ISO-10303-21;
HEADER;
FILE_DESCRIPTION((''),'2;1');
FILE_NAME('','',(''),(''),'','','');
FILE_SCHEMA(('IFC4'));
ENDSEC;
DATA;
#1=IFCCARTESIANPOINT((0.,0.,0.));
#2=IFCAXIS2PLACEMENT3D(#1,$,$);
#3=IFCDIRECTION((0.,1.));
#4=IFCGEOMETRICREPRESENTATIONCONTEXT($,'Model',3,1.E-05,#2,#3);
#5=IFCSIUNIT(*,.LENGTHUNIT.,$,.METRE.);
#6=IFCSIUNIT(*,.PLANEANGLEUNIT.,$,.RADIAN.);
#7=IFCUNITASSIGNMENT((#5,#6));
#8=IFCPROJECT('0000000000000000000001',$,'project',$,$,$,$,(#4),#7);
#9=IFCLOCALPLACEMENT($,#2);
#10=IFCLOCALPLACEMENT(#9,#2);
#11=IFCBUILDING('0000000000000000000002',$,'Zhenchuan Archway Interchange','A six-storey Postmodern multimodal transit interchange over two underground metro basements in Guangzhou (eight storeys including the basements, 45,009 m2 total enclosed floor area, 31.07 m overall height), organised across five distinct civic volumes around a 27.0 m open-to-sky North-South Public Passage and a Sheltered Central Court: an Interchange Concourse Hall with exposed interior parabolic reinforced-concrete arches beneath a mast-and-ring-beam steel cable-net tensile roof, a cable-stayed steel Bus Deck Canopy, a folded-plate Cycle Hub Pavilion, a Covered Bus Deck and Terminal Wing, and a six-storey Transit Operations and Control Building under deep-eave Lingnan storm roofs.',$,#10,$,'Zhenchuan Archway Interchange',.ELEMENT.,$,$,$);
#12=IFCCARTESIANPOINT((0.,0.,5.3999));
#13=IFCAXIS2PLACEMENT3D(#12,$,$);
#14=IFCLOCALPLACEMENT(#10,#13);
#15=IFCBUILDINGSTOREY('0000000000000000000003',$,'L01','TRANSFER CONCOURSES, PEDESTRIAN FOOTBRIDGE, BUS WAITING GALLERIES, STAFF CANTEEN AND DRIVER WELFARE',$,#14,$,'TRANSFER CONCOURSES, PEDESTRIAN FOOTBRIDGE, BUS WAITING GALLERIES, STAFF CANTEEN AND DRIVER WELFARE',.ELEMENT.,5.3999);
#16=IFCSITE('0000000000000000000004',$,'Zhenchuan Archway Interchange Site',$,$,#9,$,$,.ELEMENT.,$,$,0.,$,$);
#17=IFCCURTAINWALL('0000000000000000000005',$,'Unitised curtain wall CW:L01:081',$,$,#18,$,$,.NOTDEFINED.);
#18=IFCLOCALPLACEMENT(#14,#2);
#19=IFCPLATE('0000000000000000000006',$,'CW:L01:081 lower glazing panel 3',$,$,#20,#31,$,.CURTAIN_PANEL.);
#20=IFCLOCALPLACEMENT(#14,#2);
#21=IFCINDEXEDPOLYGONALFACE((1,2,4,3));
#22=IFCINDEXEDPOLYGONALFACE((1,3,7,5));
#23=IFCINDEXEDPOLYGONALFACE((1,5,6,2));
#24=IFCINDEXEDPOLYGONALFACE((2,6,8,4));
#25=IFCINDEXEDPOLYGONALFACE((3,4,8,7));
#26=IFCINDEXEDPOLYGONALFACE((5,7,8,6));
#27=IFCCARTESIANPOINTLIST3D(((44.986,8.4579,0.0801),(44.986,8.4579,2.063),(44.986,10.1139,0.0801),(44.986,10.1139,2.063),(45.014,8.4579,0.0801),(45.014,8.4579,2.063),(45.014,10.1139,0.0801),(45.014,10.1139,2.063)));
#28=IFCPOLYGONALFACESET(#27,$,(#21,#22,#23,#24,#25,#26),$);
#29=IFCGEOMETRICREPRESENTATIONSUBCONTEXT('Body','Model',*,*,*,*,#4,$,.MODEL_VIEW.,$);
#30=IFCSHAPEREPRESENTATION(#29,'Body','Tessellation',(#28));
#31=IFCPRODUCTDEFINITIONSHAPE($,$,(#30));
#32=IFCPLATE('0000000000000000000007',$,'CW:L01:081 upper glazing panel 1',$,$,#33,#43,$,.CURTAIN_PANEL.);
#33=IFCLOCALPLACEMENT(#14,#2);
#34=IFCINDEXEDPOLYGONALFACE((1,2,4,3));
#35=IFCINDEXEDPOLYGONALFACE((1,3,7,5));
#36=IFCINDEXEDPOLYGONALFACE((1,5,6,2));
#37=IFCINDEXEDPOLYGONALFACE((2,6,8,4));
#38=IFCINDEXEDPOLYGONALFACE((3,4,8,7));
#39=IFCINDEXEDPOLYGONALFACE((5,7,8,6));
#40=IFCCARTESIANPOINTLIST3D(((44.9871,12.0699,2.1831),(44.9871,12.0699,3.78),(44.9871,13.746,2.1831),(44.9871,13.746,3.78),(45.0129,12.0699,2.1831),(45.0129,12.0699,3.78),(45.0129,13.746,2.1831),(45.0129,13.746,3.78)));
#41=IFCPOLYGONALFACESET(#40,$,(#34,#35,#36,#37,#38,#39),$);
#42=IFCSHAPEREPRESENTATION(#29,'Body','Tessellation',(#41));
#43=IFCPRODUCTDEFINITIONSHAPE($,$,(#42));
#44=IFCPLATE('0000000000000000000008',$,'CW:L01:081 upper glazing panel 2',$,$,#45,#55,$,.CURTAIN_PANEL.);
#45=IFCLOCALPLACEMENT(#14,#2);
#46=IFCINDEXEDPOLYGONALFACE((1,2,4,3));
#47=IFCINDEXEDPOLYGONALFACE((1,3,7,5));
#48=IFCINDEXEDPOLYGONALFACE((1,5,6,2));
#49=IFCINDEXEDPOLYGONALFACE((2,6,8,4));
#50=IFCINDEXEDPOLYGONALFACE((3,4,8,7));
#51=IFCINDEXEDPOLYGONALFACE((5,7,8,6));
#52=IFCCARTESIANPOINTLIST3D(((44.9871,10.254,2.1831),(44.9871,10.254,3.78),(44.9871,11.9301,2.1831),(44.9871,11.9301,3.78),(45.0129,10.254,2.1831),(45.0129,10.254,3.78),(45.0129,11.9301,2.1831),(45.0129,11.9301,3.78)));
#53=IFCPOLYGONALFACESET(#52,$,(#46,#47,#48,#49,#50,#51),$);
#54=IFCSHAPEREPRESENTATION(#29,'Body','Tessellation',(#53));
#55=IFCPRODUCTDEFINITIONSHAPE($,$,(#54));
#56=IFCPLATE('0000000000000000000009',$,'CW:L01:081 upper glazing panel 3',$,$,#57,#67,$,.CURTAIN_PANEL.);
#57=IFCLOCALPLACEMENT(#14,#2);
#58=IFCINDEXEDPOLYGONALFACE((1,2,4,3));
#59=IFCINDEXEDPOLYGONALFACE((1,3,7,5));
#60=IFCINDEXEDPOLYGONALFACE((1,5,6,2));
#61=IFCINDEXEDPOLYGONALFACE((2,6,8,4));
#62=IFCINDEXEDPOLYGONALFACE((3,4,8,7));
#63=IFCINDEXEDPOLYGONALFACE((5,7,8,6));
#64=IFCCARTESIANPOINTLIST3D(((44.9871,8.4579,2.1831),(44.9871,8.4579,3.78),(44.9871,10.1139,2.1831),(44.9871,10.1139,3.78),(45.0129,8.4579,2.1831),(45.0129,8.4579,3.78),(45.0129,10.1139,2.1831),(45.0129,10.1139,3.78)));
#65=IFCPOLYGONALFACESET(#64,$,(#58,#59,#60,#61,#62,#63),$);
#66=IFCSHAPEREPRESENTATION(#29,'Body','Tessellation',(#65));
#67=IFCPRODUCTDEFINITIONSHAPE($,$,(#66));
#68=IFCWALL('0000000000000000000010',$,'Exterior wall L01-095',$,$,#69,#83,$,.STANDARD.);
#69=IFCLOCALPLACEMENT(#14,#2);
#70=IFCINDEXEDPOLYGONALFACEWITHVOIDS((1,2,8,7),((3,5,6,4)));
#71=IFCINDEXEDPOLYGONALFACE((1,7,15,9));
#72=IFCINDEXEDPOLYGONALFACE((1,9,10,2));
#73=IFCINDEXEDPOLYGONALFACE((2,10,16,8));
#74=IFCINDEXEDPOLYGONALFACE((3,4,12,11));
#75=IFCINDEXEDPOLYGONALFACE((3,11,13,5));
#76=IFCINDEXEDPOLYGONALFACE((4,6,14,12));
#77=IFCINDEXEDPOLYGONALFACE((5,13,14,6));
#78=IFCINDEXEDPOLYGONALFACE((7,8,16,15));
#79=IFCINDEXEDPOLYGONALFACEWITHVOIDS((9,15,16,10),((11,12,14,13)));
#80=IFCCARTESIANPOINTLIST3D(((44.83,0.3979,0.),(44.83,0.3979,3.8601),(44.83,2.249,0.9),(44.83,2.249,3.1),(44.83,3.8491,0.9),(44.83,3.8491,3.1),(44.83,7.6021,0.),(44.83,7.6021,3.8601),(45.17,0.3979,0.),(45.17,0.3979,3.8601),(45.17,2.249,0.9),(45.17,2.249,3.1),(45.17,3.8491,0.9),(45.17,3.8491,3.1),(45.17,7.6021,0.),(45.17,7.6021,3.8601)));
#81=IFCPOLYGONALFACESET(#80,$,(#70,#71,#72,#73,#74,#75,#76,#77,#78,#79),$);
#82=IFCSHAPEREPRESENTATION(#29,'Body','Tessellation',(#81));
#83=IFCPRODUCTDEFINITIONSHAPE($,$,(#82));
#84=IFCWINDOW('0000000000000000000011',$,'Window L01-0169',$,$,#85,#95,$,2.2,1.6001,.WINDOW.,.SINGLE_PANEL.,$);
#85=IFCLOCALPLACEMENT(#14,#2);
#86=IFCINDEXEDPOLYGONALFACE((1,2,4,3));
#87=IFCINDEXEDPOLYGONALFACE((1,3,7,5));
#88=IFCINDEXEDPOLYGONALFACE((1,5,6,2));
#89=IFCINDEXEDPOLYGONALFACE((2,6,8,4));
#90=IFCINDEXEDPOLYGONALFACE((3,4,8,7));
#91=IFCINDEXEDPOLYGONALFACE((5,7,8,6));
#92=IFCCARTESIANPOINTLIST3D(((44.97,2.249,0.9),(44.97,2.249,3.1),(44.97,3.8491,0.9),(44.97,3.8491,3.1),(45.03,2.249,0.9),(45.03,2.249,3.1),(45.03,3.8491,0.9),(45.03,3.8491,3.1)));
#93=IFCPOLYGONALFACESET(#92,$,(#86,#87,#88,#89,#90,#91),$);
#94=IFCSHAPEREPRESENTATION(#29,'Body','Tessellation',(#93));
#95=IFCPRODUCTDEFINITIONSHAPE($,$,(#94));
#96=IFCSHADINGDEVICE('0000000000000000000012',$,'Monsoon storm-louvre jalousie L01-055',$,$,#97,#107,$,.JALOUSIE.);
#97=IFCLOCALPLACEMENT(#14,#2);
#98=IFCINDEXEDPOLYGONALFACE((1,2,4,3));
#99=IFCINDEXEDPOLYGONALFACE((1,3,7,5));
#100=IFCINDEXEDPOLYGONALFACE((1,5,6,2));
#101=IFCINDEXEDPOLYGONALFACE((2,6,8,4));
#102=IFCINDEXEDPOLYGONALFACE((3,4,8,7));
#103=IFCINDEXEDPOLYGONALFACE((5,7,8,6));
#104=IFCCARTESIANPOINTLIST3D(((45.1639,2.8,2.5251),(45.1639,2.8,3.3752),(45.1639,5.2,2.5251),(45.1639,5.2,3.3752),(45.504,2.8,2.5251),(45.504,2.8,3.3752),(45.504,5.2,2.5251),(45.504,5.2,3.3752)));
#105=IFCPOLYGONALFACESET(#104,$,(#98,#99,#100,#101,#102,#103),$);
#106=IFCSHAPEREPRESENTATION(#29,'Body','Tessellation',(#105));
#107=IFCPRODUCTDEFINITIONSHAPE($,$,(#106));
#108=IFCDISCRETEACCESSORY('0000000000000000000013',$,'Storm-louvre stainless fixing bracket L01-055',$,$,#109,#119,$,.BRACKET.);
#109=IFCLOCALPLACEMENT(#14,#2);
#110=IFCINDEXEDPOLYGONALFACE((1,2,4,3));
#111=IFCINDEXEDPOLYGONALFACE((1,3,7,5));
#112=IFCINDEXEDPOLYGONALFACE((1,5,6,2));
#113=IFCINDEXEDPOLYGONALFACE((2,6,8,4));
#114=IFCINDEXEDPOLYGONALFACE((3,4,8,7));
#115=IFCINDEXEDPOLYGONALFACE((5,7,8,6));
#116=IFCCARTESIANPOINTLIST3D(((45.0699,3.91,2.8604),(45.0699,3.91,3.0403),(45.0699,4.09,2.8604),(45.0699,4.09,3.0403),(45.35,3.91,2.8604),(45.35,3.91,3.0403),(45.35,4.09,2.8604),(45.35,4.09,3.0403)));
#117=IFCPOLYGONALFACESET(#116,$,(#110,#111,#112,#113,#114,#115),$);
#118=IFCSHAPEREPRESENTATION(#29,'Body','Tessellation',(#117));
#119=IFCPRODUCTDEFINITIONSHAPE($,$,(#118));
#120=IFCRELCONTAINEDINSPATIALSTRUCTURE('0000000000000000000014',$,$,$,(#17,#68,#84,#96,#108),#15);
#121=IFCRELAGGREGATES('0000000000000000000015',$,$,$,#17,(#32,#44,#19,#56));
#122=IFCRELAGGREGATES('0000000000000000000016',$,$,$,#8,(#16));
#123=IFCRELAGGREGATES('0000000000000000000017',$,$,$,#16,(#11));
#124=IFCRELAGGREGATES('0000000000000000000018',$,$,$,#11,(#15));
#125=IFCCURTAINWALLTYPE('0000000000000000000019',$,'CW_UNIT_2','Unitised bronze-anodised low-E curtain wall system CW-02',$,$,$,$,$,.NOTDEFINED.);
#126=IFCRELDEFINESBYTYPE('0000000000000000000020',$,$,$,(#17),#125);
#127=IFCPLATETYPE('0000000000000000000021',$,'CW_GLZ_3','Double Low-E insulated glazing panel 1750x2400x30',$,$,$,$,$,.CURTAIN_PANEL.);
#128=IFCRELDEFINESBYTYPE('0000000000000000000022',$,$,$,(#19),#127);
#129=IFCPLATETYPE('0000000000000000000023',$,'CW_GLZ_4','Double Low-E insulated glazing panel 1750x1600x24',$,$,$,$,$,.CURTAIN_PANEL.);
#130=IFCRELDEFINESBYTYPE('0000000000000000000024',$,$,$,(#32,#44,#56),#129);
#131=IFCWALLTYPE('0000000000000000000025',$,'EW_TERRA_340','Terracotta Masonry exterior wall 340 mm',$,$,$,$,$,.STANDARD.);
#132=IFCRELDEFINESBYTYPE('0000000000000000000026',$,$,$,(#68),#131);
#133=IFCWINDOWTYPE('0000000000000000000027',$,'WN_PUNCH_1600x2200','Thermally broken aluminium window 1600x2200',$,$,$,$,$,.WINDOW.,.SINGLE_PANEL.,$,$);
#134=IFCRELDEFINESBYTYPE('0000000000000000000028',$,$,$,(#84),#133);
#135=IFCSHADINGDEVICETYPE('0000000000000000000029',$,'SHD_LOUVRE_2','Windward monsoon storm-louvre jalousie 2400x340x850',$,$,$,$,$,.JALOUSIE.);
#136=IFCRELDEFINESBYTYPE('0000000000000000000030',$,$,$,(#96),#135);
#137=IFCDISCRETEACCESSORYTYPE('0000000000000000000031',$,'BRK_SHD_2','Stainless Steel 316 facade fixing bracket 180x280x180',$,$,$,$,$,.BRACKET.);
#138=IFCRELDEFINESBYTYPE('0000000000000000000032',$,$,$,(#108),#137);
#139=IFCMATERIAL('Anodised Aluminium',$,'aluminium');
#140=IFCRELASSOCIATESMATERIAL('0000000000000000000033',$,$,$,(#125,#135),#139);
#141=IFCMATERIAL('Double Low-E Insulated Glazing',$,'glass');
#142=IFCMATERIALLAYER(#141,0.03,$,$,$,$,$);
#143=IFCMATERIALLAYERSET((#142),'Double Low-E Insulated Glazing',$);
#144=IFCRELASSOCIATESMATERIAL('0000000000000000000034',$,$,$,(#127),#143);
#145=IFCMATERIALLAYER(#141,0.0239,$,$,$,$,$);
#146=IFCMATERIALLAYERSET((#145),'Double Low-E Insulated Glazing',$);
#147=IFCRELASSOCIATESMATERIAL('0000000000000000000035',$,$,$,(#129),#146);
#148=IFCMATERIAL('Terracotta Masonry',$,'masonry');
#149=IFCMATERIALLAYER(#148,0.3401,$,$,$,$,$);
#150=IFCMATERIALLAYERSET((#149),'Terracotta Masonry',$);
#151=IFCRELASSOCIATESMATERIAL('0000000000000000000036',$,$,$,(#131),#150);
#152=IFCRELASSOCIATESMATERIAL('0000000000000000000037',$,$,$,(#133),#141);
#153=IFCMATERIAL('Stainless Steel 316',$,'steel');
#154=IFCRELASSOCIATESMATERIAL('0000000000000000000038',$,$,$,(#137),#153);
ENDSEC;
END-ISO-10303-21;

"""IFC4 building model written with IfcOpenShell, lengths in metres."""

from ifc_helpers import new_model, si_unit, direction, frame, frame_2d, origin, origin_2d, place, context, subcontext, project, spatial, rectangle, extrude, material, layer, layer_set, type_object, element, fill, aggregate, save


model = new_model("IFC4")

# Units and contexts
model_context = context("Model", 3, precision=1e-05, world=origin(), true_north=direction((0.0, 1.0)))
body_context = subcontext(model_context, "Body", "Model", "MODEL_VIEW")
ifc_project = project(units=[si_unit("LENGTHUNIT", "METRE"), si_unit("PLANEANGLEUNIT", "RADIAN")], contexts=[model_context])

# Site, building, storey
site_placement = place(None, origin())
site = spatial("IfcSite", under=ifc_project, at=site_placement, Name="Zhenchuan Archway Interchange Site", CompositionType="ELEMENT", RefElevation=0.0)
building_placement = place(site_placement, origin())
building = spatial("IfcBuilding", under=site, at=building_placement, Name="Zhenchuan Archway Interchange", Description="A six-storey Postmodern multimodal transit interchange over two underground metro basements in Guangzhou (eight storeys including the basements, 45,009 m2 total enclosed floor area, 31.07 m overall height), organised across five distinct civic volumes around a 27.0 m open-to-sky North-South Public Passage and a Sheltered Central Court: an Interchange Concourse Hall with exposed interior parabolic reinforced-concrete arches beneath a mast-and-ring-beam steel cable-net tensile roof, a cable-stayed steel Bus Deck Canopy, a folded-plate Cycle Hub Pavilion, a Covered Bus Deck and Terminal Wing, and a six-storey Transit Operations and Control Building under deep-eave Lingnan storm roofs.", LongName="Zhenchuan Archway Interchange", CompositionType="ELEMENT")
storey_placement = place(building_placement, frame((0.0, 0.0, 5.3999)))
storey = spatial("IfcBuildingStorey", under=building, at=storey_placement, Name="L01", Description="TRANSFER CONCOURSES, PEDESTRIAN FOOTBRIDGE, BUS WAITING GALLERIES, STAFF CANTEEN AND DRIVER WELFARE", LongName="TRANSFER CONCOURSES, PEDESTRIAN FOOTBRIDGE, BUS WAITING GALLERIES, STAFF CANTEEN AND DRIVER WELFARE", CompositionType="ELEMENT", Elevation=5.3999)

# Curtain wall
ifc_material_1 = material(Name="Anodised Aluminium", Category="aluminium")
curtain_wall_type_1 = type_object("IfcCurtainWallType", Name="CW_UNIT_2", Description="Unitised bronze-anodised low-E curtain wall system CW-02", PredefinedType="NOTDEFINED", material=ifc_material_1)
curtain_wall_1_placement = place(storey_placement, origin())
curtain_wall_1 = element("IfcCurtainWall", 1, at=curtain_wall_1_placement, inside=storey, type_object=curtain_wall_type_1, Name="Unitised curtain wall CW:L01:081", PredefinedType="NOTDEFINED")

# Plates
ifc_material_2 = material(Name="Double Low-E Insulated Glazing", Category="glass")
ifc_layer_1 = layer(ifc_material_2, 0.03)
ifc_layer_set_1 = layer_set([ifc_layer_1], Name="Double Low-E Insulated Glazing")
plate_type_1 = type_object("IfcPlateType", Name="CW_GLZ_3", Description="Double Low-E insulated glazing panel 1750x2400x30", PredefinedType="CURTAIN_PANEL", material=ifc_layer_set_1)
plate_1_placement = place(storey_placement, frame((45.0, 9.2859, 0.0801), z_axis=(0.0, 0.0, 1.0), x_axis=(0.0, -1.0, 0.0)))
plate_1 = element("IfcPlate", 2, at=plate_1_placement, type_object=plate_type_1, Name="CW:L01:081 lower glazing panel 3", PredefinedType="CURTAIN_PANEL", context=body_context, shape_type="SweptSolid", body=[
    extrude(rectangle(XDim=1.656, YDim=0.0281, at=origin_2d()), origin(), (0.0, 0.0, 1.0), 1.9829),
])
ifc_layer_2 = layer(ifc_material_2, 0.0239)
ifc_layer_set_2 = layer_set([ifc_layer_2], Name="Double Low-E Insulated Glazing")
plate_type_2 = type_object("IfcPlateType", Name="CW_GLZ_4", Description="Double Low-E insulated glazing panel 1750x1600x24", PredefinedType="CURTAIN_PANEL", material=ifc_layer_set_2)
plate_2_placement = place(storey_placement, frame((45.0, 12.908, 2.1831), z_axis=(0.0, 0.0, 1.0), x_axis=(0.0, -1.0, 0.0)))
plate_2 = element("IfcPlate", 3, at=plate_2_placement, type_object=plate_type_2, Name="CW:L01:081 upper glazing panel 1", PredefinedType="CURTAIN_PANEL", context=body_context, shape_type="SweptSolid", body=[
    extrude(rectangle(XDim=1.676, YDim=0.0259, at=origin_2d()), origin(), (0.0, 0.0, 1.0), 1.5969),
])
plate_3_placement = place(storey_placement, frame((45.0, 11.092, 2.1831), z_axis=(0.0, 0.0, 1.0), x_axis=(0.0, -1.0, 0.0)))
plate_3 = element("IfcPlate", 4, at=plate_3_placement, type_object=plate_type_2, Name="CW:L01:081 upper glazing panel 2", PredefinedType="CURTAIN_PANEL", context=body_context, shape_type="SweptSolid", body=[
    extrude(rectangle(XDim=1.676, YDim=0.0259, at=origin_2d()), origin(), (0.0, 0.0, 1.0), 1.5969),
])
plate_4_placement = place(storey_placement, frame((45.0, 9.2859, 2.1831), z_axis=(0.0, 0.0, 1.0), x_axis=(0.0, -1.0, 0.0)))
plate_4 = element("IfcPlate", 5, at=plate_4_placement, type_object=plate_type_2, Name="CW:L01:081 upper glazing panel 3", PredefinedType="CURTAIN_PANEL", context=body_context, shape_type="SweptSolid", body=[
    extrude(rectangle(XDim=1.656, YDim=0.0259, at=origin_2d()), origin(), (0.0, 0.0, 1.0), 1.5969),
])
aggregate(curtain_wall_1, [plate_2, plate_3, plate_1, plate_4])

# Wall, opening, window
ifc_material_3 = material(Name="Terracotta Masonry", Category="masonry")
ifc_layer_3 = layer(ifc_material_3, 0.3401)
ifc_layer_set_3 = layer_set([ifc_layer_3], Name="Terracotta Masonry")
wall_type = type_object("IfcWallType", Name="EW_TERRA_340", Description="Terracotta Masonry exterior wall 340 mm", PredefinedType="STANDARD", material=ifc_layer_set_3)
wall_placement = place(storey_placement, frame((45.0, 7.6021, 0.0), z_axis=(0.0, 0.0, 1.0), x_axis=(0.0, -1.0, 0.0)))
wall = element("IfcWall", 6, at=wall_placement, inside=storey, type_object=wall_type, Name="Exterior wall L01-095", PredefinedType="STANDARD", context=body_context, shape_type="SweptSolid", body=[
    extrude(rectangle(XDim=7.2041, YDim=0.3401, at=frame_2d((3.6021, 0.0))), origin(), (0.0, 0.0, 1.0), 3.8601),
])
opening_placement = place(wall_placement, frame((3.7529, 0.0, 0.8999)))
opening = element("IfcOpeningElement", 7, at=opening_placement, cuts=wall, PredefinedType="OPENING", context=body_context, shape_type="SweptSolid", body=[
    extrude(rectangle(XDim=1.6001, YDim=2.2, at=frame_2d((0.8, 1.1001))), frame((0.0, 0.1821, 0.0), z_axis=(0.0, -1.0, 0.0), x_axis=(1.0, 0.0, 0.0)), (0.0, 0.0, 1.0), 0.364),
])
window_type = type_object("IfcWindowType", Name="WN_PUNCH_1600x2200", Description="Thermally broken aluminium window 1600x2200", PartitioningType="SINGLE_PANEL", PredefinedType="WINDOW", material=ifc_material_2)
window_placement = place(opening_placement, origin())
window = element("IfcWindow", 8, at=window_placement, inside=storey, type_object=window_type, Name="Window L01-0169", OverallHeight=2.2, OverallWidth=1.6001, PartitioningType="SINGLE_PANEL", PredefinedType="WINDOW", context=body_context, shape_type="SweptSolid", body=[
    extrude(rectangle(XDim=1.6001, YDim=2.2, at=frame_2d((0.8, 1.1001))), frame((0.0, 0.03, 0.0), z_axis=(0.0, -1.0, 0.0), x_axis=(1.0, 0.0, 0.0)), (0.0, 0.0, 1.0), 0.0601),
])
fill(opening, window)

# Shading device
shading_device_type = type_object("IfcShadingDeviceType", Name="SHD_LOUVRE_2", Description="Windward monsoon storm-louvre jalousie 2400x340x850", PredefinedType="JALOUSIE", material=ifc_material_1)
shading_device_placement = place(storey_placement, frame((45.334, 4.0, 2.5251), z_axis=(0.0, 0.0, 1.0), x_axis=(0.0, -1.0, 0.0)))
element("IfcShadingDevice", 9, at=shading_device_placement, inside=storey, type_object=shading_device_type, Name="Monsoon storm-louvre jalousie L01-055", PredefinedType="JALOUSIE", context=body_context, shape_type="SweptSolid", body=[
    extrude(rectangle(XDim=2.3999, YDim=0.3401, at=origin_2d()), origin(), (0.0, 0.0, 1.0), 0.8501),
])

# Discrete accessory
ifc_material_4 = material(Name="Stainless Steel 316", Category="steel")
discrete_accessory_type = type_object("IfcDiscreteAccessoryType", Name="BRK_SHD_2", Description="Stainless Steel 316 facade fixing bracket 180x280x180", PredefinedType="BRACKET", material=ifc_material_4)
discrete_accessory_placement = place(storey_placement, frame((45.21, 4.0, 2.8604), z_axis=(0.0, 0.0, 1.0), x_axis=(0.0, -1.0, 0.0)))
element("IfcDiscreteAccessory", 10, at=discrete_accessory_placement, inside=storey, type_object=discrete_accessory_type, Name="Storm-louvre stainless fixing bracket L01-055", PredefinedType="BRACKET", context=body_context, shape_type="SweptSolid", body=[
    extrude(rectangle(XDim=0.1799, YDim=0.28, at=origin_2d()), origin(), (0.0, 0.0, 1.0), 0.1799),
])

save(model, "model.ifc")
